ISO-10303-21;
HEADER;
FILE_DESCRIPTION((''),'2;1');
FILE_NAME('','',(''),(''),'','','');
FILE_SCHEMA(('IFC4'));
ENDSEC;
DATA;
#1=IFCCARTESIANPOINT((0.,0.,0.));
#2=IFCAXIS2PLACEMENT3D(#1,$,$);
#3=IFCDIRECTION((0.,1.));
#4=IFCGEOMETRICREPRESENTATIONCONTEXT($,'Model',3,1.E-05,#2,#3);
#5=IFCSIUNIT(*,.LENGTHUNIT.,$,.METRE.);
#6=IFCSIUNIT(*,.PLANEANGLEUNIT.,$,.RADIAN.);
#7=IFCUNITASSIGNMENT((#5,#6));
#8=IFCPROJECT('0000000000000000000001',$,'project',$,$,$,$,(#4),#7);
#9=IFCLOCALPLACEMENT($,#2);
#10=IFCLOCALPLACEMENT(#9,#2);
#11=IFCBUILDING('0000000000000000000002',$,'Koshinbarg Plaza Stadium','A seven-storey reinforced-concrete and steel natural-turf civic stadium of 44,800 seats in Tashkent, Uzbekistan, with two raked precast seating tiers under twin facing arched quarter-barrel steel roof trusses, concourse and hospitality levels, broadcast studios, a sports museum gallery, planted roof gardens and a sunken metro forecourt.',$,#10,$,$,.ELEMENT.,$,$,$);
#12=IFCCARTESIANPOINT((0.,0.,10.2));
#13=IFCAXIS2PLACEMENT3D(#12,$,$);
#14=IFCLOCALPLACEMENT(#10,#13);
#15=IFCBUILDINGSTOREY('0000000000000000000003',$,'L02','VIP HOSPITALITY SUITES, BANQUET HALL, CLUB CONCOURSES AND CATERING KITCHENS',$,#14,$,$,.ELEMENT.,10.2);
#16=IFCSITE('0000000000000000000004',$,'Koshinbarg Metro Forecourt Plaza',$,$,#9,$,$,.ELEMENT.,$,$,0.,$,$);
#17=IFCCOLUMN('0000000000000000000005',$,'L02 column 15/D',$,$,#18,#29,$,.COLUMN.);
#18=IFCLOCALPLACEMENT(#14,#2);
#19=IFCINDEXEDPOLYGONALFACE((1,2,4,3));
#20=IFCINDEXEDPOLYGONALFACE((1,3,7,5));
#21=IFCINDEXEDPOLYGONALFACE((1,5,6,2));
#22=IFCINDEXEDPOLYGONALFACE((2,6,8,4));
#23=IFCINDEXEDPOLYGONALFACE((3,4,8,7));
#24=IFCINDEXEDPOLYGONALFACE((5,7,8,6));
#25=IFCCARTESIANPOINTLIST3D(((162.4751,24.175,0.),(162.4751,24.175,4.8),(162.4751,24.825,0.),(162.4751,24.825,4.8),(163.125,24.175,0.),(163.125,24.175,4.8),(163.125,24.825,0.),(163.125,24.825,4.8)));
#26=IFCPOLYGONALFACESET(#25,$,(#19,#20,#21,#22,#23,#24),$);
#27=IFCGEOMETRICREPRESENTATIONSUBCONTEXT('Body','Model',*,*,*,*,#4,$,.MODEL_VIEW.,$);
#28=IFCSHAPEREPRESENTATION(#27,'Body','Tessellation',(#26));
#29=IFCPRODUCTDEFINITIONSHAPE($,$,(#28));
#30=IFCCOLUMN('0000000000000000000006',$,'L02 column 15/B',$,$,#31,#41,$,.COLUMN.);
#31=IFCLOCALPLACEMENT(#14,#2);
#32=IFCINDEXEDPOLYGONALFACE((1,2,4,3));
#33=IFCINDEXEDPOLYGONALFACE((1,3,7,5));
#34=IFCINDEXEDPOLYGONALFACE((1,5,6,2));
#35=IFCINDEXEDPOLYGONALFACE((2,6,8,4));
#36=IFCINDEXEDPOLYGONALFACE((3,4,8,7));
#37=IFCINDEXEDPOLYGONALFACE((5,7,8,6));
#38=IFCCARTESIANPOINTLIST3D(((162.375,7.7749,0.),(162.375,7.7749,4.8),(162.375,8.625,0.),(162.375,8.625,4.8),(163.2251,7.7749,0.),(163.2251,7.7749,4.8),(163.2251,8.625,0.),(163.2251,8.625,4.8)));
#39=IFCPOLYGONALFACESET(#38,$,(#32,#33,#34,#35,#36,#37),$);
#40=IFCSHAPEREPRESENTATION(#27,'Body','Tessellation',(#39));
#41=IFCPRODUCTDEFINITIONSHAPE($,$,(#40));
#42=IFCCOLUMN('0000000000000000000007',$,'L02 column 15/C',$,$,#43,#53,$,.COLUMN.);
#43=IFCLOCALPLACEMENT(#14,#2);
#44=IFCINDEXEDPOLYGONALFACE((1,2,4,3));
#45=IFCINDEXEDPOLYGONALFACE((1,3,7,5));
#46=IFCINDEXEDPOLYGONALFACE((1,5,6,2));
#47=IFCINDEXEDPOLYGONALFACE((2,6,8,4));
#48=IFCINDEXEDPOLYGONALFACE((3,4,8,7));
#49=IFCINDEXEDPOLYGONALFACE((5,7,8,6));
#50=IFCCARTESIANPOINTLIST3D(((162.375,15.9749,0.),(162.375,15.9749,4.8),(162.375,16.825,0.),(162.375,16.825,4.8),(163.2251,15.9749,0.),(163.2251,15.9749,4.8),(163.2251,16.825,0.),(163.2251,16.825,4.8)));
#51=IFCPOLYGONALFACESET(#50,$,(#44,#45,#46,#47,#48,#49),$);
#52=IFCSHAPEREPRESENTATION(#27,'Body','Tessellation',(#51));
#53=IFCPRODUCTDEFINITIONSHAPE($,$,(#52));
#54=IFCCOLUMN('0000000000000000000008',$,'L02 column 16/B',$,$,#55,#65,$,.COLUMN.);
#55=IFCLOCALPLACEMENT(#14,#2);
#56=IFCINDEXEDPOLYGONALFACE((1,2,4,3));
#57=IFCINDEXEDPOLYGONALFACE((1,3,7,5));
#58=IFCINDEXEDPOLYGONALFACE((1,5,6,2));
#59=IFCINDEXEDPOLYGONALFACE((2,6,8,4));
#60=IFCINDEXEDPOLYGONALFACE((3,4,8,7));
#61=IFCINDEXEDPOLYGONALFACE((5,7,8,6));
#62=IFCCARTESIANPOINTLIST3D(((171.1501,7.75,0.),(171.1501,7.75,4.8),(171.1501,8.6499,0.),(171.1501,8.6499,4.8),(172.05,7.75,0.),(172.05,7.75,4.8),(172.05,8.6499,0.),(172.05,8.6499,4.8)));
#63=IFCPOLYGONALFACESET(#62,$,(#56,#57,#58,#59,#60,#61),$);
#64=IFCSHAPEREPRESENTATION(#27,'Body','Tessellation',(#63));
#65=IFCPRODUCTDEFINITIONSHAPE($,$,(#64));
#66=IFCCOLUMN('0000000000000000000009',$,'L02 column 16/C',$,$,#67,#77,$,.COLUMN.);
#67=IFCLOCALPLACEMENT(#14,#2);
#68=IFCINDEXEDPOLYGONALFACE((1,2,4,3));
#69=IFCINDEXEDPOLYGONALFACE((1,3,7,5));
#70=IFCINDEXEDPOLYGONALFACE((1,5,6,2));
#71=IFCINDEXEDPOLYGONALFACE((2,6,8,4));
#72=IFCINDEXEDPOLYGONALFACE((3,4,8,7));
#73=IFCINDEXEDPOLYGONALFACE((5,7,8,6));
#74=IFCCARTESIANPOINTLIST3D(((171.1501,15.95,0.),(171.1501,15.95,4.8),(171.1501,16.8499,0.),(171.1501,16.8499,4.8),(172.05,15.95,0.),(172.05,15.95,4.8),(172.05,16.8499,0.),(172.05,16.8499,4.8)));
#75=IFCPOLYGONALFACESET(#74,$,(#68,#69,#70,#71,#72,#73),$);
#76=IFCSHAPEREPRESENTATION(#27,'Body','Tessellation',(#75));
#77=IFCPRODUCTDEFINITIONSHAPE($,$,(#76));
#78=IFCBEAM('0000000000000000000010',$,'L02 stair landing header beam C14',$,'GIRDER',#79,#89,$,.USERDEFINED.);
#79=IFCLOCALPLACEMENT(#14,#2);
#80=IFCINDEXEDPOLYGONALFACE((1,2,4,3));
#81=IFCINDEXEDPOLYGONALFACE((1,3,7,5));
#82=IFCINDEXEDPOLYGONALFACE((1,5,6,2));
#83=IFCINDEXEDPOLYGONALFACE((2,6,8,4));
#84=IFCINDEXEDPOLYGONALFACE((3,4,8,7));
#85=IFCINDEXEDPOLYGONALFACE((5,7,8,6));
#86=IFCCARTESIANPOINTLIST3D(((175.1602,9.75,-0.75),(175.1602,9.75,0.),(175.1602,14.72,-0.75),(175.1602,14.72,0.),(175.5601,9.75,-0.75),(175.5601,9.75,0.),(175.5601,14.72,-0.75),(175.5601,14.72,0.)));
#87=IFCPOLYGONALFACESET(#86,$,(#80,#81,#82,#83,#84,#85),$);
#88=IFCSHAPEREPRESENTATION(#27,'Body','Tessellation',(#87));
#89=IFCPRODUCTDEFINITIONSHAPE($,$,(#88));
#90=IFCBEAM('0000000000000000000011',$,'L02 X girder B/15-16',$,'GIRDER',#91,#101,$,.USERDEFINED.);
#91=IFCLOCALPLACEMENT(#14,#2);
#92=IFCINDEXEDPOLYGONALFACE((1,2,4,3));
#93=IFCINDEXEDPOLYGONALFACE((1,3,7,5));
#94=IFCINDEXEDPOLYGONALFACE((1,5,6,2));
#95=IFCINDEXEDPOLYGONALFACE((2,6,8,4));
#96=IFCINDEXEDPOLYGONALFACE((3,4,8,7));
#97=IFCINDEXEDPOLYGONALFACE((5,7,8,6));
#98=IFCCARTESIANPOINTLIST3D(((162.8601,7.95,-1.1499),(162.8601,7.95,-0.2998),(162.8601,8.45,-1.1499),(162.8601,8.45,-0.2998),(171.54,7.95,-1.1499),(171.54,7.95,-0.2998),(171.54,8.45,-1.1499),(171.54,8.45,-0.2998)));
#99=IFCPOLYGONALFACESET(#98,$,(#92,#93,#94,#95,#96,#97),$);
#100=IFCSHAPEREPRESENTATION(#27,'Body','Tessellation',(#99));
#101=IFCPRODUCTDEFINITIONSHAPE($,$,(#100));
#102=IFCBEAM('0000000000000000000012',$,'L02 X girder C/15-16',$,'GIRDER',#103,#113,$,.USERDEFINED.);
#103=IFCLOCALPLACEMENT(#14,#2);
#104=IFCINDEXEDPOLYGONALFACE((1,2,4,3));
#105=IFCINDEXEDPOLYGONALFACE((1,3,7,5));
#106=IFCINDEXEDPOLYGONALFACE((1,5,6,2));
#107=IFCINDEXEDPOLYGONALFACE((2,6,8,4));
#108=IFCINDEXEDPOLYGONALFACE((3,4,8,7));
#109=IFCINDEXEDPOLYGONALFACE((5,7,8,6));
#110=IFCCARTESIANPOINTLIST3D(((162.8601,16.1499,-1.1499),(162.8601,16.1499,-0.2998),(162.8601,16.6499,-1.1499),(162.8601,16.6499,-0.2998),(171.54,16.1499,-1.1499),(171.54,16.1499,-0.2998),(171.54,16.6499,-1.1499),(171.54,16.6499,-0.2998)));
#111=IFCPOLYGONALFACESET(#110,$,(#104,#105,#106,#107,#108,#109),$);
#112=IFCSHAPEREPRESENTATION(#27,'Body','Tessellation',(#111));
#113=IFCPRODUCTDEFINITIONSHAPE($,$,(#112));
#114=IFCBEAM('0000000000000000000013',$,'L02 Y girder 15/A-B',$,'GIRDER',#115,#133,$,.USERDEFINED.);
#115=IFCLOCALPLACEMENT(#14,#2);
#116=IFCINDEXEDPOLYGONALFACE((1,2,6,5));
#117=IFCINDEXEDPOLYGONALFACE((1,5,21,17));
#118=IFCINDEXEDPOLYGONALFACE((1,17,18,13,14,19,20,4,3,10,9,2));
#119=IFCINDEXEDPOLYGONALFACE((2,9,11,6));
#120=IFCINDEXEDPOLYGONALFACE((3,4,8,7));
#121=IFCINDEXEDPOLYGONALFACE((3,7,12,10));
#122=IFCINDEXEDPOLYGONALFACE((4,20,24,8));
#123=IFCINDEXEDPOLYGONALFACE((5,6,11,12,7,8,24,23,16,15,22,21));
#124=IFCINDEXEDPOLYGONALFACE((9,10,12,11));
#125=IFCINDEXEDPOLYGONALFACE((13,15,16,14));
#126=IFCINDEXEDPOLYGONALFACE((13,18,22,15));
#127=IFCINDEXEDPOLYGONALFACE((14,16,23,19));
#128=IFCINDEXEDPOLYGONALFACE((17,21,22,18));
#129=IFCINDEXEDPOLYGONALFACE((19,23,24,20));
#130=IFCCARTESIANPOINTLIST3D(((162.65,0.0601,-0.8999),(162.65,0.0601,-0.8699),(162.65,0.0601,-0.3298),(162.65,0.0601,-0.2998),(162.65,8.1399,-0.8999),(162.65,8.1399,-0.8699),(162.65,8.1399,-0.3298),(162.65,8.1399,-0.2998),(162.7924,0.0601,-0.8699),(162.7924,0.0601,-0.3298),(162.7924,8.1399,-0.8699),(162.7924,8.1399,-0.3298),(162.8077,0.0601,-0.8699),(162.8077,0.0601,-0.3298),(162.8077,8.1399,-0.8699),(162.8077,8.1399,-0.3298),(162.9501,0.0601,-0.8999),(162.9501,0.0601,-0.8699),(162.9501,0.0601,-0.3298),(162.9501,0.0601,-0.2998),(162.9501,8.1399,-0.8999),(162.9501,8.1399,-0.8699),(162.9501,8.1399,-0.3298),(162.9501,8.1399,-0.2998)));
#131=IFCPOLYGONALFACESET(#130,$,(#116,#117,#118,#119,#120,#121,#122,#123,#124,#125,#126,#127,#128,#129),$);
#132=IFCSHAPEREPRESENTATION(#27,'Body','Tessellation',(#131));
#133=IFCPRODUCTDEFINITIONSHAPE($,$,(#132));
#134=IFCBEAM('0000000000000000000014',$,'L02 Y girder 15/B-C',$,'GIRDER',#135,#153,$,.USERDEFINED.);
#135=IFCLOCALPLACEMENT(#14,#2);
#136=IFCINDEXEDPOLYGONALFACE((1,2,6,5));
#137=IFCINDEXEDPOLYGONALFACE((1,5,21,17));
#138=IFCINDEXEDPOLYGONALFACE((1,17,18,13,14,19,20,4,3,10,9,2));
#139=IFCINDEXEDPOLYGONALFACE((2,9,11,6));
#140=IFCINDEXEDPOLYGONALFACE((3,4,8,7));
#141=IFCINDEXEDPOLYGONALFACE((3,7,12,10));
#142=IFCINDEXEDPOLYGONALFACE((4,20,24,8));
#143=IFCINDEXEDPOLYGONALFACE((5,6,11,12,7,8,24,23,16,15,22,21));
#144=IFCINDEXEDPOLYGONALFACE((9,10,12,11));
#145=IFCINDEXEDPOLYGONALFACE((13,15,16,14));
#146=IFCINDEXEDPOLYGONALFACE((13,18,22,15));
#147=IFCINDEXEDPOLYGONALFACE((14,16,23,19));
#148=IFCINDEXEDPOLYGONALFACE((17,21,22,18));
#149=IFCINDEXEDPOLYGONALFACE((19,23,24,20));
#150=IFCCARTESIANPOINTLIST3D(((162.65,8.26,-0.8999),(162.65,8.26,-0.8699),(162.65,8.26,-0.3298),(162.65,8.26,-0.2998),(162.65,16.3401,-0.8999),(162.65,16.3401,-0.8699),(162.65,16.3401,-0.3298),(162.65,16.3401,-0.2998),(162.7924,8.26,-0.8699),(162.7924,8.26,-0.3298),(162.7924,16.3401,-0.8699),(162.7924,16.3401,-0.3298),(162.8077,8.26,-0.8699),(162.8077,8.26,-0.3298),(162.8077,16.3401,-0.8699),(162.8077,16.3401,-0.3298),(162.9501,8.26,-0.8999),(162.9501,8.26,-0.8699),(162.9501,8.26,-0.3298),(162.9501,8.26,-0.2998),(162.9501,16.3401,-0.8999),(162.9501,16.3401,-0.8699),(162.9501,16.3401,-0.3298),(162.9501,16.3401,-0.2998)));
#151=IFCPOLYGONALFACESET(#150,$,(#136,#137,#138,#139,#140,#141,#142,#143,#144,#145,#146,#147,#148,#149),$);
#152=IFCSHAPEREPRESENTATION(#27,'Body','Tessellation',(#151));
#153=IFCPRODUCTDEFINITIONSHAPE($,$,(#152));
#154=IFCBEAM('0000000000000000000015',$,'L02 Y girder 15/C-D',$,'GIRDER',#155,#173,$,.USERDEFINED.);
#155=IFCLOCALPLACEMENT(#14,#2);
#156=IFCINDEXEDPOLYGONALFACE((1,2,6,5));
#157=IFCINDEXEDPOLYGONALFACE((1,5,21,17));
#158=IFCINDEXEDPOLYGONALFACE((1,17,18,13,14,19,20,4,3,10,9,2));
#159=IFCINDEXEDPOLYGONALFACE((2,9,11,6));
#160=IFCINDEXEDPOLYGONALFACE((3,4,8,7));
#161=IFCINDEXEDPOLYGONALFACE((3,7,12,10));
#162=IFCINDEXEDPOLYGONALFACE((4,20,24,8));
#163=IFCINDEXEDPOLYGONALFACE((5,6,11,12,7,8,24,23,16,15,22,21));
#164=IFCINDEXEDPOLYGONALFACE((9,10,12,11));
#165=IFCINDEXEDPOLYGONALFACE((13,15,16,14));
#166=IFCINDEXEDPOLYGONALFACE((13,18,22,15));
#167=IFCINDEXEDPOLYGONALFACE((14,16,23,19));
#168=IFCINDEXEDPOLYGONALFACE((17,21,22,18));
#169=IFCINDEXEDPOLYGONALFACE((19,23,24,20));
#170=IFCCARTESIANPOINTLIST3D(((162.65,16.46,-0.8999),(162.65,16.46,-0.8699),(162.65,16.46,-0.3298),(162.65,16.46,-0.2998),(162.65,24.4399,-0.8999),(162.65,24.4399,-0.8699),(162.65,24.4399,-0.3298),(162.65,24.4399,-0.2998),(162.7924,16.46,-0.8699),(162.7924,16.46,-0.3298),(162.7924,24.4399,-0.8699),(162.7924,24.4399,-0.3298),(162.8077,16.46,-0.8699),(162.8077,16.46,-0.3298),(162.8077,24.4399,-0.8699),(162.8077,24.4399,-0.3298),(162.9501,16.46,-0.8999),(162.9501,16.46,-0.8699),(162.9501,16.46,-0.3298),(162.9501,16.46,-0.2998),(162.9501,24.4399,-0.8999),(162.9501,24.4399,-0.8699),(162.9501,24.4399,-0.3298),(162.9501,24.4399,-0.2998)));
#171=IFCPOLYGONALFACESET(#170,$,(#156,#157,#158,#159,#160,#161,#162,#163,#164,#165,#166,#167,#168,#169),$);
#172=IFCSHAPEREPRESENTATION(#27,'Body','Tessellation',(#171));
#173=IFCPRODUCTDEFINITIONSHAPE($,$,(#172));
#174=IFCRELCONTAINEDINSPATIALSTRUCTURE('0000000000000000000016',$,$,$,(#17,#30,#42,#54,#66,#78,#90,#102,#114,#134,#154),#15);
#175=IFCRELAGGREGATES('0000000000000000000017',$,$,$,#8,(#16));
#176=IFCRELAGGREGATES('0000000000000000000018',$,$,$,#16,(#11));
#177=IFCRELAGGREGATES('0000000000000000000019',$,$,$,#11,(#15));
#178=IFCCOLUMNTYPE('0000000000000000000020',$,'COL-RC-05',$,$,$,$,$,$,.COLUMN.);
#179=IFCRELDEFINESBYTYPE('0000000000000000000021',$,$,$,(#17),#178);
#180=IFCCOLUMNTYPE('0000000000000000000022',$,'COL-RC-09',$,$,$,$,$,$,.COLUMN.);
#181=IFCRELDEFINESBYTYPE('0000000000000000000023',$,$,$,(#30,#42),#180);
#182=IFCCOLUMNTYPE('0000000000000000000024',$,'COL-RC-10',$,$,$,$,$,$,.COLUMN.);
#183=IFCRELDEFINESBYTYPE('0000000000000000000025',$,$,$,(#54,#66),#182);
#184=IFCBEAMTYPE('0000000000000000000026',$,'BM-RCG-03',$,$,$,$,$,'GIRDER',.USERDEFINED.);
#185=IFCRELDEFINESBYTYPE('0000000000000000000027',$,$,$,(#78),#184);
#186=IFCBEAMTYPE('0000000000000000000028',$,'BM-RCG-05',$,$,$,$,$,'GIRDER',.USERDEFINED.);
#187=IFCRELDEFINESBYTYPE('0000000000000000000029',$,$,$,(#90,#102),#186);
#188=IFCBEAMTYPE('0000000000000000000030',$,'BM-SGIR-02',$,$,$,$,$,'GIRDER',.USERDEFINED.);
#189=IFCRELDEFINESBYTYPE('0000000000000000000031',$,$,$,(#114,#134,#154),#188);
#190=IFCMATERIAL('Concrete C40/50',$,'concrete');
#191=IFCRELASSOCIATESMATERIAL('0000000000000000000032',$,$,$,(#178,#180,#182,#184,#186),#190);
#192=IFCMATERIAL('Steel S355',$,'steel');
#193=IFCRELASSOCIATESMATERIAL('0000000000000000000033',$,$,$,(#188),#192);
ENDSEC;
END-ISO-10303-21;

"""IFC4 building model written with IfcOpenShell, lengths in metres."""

from ifc_helpers import new_model, si_unit, direction, frame, origin, origin_2d, place, context, subcontext, project, spatial, rectangle, i_section, extrude, material, material_profile, profile_set, type_object, element, save


model = new_model("IFC4")

# Units and contexts
model_context = context("Model", 3, precision=1e-05, world=origin(), true_north=direction((0.0, 1.0)))
body_context = subcontext(model_context, "Body", "Model", "MODEL_VIEW")
ifc_project = project(units=[si_unit("LENGTHUNIT", "METRE"), si_unit("PLANEANGLEUNIT", "RADIAN")], contexts=[model_context])

# Site, building, storey
site_placement = place(None, origin())
site = spatial("IfcSite", under=ifc_project, at=site_placement, Name="Koshinbarg Metro Forecourt Plaza", CompositionType="ELEMENT", RefElevation=0.0)
building_placement = place(site_placement, origin())
building = spatial("IfcBuilding", under=site, at=building_placement, Name="Koshinbarg Plaza Stadium", Description="A seven-storey reinforced-concrete and steel natural-turf civic stadium of 44,800 seats in Tashkent, Uzbekistan, with two raked precast seating tiers under twin facing arched quarter-barrel steel roof trusses, concourse and hospitality levels, broadcast studios, a sports museum gallery, planted roof gardens and a sunken metro forecourt.", CompositionType="ELEMENT")
storey_placement = place(building_placement, frame((0.0, 0.0, 10.2)))
storey = spatial("IfcBuildingStorey", under=building, at=storey_placement, Name="L02", Description="VIP HOSPITALITY SUITES, BANQUET HALL, CLUB CONCOURSES AND CATERING KITCHENS", CompositionType="ELEMENT", Elevation=10.2)

# Columns
ifc_material_1 = material(Name="Concrete C40/50", Category="concrete")
ifc_material_profile_1 = material_profile(ifc_material_1, rectangle(XDim=0.6499, YDim=0.6499, at=origin_2d()), Name="RC 650x650")
ifc_profile_set_1 = profile_set([ifc_material_profile_1], Name="Concrete C40/50")
column_type_1 = type_object("IfcColumnType", Name="COL-RC-05", PredefinedType="COLUMN", material=ifc_profile_set_1)
column_placement = place(storey_placement, frame((162.8, 24.5, 0.0), z_axis=(0.0, 0.0, 1.0), x_axis=(1.0, 0.0, 0.0)))
element("IfcColumn", 1, at=column_placement, inside=storey, type_object=column_type_1, Name="L02 column 15/D", PredefinedType="COLUMN", context=body_context, shape_type="SweptSolid", body=[
    extrude(rectangle(XDim=0.6499, YDim=0.6499, at=origin_2d()), origin(), (0.0, 0.0, 1.0), 4.8),
])
ifc_material_profile_2 = material_profile(ifc_material_1, rectangle(XDim=0.8501, YDim=0.8501, at=origin_2d()), Name="RC 850x850")
ifc_profile_set_2 = profile_set([ifc_material_profile_2], Name="Concrete C40/50")
column_type_2 = type_object("IfcColumnType", Name="COL-RC-09", PredefinedType="COLUMN", material=ifc_profile_set_2)
for number, where, z_axis, x_axis, name in (
    (2, (162.8, 8.2, 0.0), (0.0, 0.0, 1.0), (1.0, 0.0, 0.0), "L02 column 15/B"),
    (3, (162.8, 16.3999, 0.0), (0.0, 0.0, 1.0), (1.0, 0.0, 0.0), "L02 column 15/C"),
):
    element("IfcColumn", number, at=place(storey_placement, frame(where, z_axis=z_axis, x_axis=x_axis)), inside=storey, type_object=column_type_2, Name=name, PredefinedType="COLUMN", context=body_context, shape_type="SweptSolid", body=[
        extrude(rectangle(XDim=0.8501, YDim=0.8501, at=origin_2d()), origin(), (0.0, 0.0, 1.0), 4.8),
    ])
ifc_material_profile_3 = material_profile(ifc_material_1, rectangle(XDim=0.8999, YDim=0.8999, at=origin_2d()), Name="RC 900x900")
ifc_profile_set_3 = profile_set([ifc_material_profile_3], Name="Concrete C40/50")
column_type_3 = type_object("IfcColumnType", Name="COL-RC-10", PredefinedType="COLUMN", material=ifc_profile_set_3)
for number, where, z_axis, x_axis, name in (
    (4, (171.6001, 8.2, 0.0), (0.0, 0.0, 1.0), (1.0, 0.0, 0.0), "L02 column 16/B"),
    (5, (171.6001, 16.3999, 0.0), (0.0, 0.0, 1.0), (1.0, 0.0, 0.0), "L02 column 16/C"),
):
    element("IfcColumn", number, at=place(storey_placement, frame(where, z_axis=z_axis, x_axis=x_axis)), inside=storey, type_object=column_type_3, Name=name, PredefinedType="COLUMN", context=body_context, shape_type="SweptSolid", body=[
        extrude(rectangle(XDim=0.8999, YDim=0.8999, at=origin_2d()), origin(), (0.0, 0.0, 1.0), 4.8),
    ])

# Beams
ifc_material_profile_4 = material_profile(ifc_material_1, rectangle(XDim=0.3999, YDim=0.75, at=origin_2d()), Name="RC 400x750")
ifc_profile_set_4 = profile_set([ifc_material_profile_4], Name="Concrete C40/50")
beam_type_1 = type_object("IfcBeamType", Name="BM-RCG-03", ElementType="GIRDER", PredefinedType="USERDEFINED", material=ifc_profile_set_4)
beam_1_placement = place(storey_placement, frame((175.3601, 9.75, -0.375), z_axis=(0.0, 1.0, 0.0), x_axis=(-1.0, 0.0, 0.0)))
element("IfcBeam", 6, at=beam_1_placement, inside=storey, type_object=beam_type_1, Name="L02 stair landing header beam C14", ObjectType="GIRDER", PredefinedType="USERDEFINED", context=body_context, shape_type="SweptSolid", body=[
    extrude(rectangle(XDim=0.3999, YDim=0.75, at=origin_2d()), origin(), (0.0, 0.0, 1.0), 4.97),
])
ifc_material_profile_5 = material_profile(ifc_material_1, rectangle(XDim=0.5, YDim=0.8501, at=origin_2d()), Name="RC 500x850")
ifc_profile_set_5 = profile_set([ifc_material_profile_5], Name="Concrete C40/50")
beam_type_2 = type_object("IfcBeamType", Name="BM-RCG-05", ElementType="GIRDER", PredefinedType="USERDEFINED", material=ifc_profile_set_5)
for number, where, z_axis, x_axis, name in (
    (7, (162.8601, 8.2, -0.7249), (1.0, 0.0, 0.0), (0.0, 1.0, 0.0), "L02 X girder B/15-16"),
    (8, (162.8601, 16.3999, -0.7249), (1.0, 0.0, 0.0), (0.0, 1.0, 0.0), "L02 X girder C/15-16"),
):
    element("IfcBeam", number, at=place(storey_placement, frame(where, z_axis=z_axis, x_axis=x_axis)), inside=storey, type_object=beam_type_2, Name=name, ObjectType="GIRDER", PredefinedType="USERDEFINED", context=body_context, shape_type="SweptSolid", body=[
        extrude(rectangle(XDim=0.5, YDim=0.8501, at=origin_2d()), origin(), (0.0, 0.0, 1.0), 8.6799),
    ])
ifc_material_2 = material(Name="Steel S355", Category="steel")
ifc_material_profile_6 = material_profile(ifc_material_2, i_section(OverallWidth=0.3, OverallDepth=0.6001, WebThickness=0.0154, FlangeThickness=0.03, at=origin_2d()), Name="HEB 600")
ifc_profile_set_6 = profile_set([ifc_material_profile_6], Name="Steel S355")
beam_type_3 = type_object("IfcBeamType", Name="BM-SGIR-02", ElementType="GIRDER", PredefinedType="USERDEFINED", material=ifc_profile_set_6)
beam_2_placement = place(storey_placement, frame((162.8, 0.0601, -0.5999), z_axis=(0.0, 1.0, 0.0), x_axis=(-1.0, 0.0, 0.0)))
element("IfcBeam", 9, at=beam_2_placement, inside=storey, type_object=beam_type_3, Name="L02 Y girder 15/A-B", ObjectType="GIRDER", PredefinedType="USERDEFINED", context=body_context, shape_type="SweptSolid", body=[
    extrude(i_section(OverallWidth=0.3, OverallDepth=0.6001, WebThickness=0.0154, FlangeThickness=0.03, at=origin_2d()), origin(), (0.0, 0.0, 1.0), 8.0798),
])
beam_3_placement = place(storey_placement, frame((162.8, 8.26, -0.5999), z_axis=(0.0, 1.0, 0.0), x_axis=(-1.0, 0.0, 0.0)))
element("IfcBeam", 10, at=beam_3_placement, inside=storey, type_object=beam_type_3, Name="L02 Y girder 15/B-C", ObjectType="GIRDER", PredefinedType="USERDEFINED", context=body_context, shape_type="SweptSolid", body=[
    extrude(i_section(OverallWidth=0.3, OverallDepth=0.6001, WebThickness=0.0154, FlangeThickness=0.03, at=origin_2d()), origin(), (0.0, 0.0, 1.0), 8.0801),
])
beam_4_placement = place(storey_placement, frame((162.8, 16.46, -0.5999), z_axis=(0.0, 1.0, 0.0), x_axis=(-1.0, 0.0, 0.0)))
element("IfcBeam", 11, at=beam_4_placement, inside=storey, type_object=beam_type_3, Name="L02 Y girder 15/C-D", ObjectType="GIRDER", PredefinedType="USERDEFINED", context=body_context, shape_type="SweptSolid", body=[
    extrude(i_section(OverallWidth=0.3, OverallDepth=0.6001, WebThickness=0.0154, FlangeThickness=0.03, at=origin_2d()), origin(), (0.0, 0.0, 1.0), 7.98),
])

save(model, "model.ifc")
